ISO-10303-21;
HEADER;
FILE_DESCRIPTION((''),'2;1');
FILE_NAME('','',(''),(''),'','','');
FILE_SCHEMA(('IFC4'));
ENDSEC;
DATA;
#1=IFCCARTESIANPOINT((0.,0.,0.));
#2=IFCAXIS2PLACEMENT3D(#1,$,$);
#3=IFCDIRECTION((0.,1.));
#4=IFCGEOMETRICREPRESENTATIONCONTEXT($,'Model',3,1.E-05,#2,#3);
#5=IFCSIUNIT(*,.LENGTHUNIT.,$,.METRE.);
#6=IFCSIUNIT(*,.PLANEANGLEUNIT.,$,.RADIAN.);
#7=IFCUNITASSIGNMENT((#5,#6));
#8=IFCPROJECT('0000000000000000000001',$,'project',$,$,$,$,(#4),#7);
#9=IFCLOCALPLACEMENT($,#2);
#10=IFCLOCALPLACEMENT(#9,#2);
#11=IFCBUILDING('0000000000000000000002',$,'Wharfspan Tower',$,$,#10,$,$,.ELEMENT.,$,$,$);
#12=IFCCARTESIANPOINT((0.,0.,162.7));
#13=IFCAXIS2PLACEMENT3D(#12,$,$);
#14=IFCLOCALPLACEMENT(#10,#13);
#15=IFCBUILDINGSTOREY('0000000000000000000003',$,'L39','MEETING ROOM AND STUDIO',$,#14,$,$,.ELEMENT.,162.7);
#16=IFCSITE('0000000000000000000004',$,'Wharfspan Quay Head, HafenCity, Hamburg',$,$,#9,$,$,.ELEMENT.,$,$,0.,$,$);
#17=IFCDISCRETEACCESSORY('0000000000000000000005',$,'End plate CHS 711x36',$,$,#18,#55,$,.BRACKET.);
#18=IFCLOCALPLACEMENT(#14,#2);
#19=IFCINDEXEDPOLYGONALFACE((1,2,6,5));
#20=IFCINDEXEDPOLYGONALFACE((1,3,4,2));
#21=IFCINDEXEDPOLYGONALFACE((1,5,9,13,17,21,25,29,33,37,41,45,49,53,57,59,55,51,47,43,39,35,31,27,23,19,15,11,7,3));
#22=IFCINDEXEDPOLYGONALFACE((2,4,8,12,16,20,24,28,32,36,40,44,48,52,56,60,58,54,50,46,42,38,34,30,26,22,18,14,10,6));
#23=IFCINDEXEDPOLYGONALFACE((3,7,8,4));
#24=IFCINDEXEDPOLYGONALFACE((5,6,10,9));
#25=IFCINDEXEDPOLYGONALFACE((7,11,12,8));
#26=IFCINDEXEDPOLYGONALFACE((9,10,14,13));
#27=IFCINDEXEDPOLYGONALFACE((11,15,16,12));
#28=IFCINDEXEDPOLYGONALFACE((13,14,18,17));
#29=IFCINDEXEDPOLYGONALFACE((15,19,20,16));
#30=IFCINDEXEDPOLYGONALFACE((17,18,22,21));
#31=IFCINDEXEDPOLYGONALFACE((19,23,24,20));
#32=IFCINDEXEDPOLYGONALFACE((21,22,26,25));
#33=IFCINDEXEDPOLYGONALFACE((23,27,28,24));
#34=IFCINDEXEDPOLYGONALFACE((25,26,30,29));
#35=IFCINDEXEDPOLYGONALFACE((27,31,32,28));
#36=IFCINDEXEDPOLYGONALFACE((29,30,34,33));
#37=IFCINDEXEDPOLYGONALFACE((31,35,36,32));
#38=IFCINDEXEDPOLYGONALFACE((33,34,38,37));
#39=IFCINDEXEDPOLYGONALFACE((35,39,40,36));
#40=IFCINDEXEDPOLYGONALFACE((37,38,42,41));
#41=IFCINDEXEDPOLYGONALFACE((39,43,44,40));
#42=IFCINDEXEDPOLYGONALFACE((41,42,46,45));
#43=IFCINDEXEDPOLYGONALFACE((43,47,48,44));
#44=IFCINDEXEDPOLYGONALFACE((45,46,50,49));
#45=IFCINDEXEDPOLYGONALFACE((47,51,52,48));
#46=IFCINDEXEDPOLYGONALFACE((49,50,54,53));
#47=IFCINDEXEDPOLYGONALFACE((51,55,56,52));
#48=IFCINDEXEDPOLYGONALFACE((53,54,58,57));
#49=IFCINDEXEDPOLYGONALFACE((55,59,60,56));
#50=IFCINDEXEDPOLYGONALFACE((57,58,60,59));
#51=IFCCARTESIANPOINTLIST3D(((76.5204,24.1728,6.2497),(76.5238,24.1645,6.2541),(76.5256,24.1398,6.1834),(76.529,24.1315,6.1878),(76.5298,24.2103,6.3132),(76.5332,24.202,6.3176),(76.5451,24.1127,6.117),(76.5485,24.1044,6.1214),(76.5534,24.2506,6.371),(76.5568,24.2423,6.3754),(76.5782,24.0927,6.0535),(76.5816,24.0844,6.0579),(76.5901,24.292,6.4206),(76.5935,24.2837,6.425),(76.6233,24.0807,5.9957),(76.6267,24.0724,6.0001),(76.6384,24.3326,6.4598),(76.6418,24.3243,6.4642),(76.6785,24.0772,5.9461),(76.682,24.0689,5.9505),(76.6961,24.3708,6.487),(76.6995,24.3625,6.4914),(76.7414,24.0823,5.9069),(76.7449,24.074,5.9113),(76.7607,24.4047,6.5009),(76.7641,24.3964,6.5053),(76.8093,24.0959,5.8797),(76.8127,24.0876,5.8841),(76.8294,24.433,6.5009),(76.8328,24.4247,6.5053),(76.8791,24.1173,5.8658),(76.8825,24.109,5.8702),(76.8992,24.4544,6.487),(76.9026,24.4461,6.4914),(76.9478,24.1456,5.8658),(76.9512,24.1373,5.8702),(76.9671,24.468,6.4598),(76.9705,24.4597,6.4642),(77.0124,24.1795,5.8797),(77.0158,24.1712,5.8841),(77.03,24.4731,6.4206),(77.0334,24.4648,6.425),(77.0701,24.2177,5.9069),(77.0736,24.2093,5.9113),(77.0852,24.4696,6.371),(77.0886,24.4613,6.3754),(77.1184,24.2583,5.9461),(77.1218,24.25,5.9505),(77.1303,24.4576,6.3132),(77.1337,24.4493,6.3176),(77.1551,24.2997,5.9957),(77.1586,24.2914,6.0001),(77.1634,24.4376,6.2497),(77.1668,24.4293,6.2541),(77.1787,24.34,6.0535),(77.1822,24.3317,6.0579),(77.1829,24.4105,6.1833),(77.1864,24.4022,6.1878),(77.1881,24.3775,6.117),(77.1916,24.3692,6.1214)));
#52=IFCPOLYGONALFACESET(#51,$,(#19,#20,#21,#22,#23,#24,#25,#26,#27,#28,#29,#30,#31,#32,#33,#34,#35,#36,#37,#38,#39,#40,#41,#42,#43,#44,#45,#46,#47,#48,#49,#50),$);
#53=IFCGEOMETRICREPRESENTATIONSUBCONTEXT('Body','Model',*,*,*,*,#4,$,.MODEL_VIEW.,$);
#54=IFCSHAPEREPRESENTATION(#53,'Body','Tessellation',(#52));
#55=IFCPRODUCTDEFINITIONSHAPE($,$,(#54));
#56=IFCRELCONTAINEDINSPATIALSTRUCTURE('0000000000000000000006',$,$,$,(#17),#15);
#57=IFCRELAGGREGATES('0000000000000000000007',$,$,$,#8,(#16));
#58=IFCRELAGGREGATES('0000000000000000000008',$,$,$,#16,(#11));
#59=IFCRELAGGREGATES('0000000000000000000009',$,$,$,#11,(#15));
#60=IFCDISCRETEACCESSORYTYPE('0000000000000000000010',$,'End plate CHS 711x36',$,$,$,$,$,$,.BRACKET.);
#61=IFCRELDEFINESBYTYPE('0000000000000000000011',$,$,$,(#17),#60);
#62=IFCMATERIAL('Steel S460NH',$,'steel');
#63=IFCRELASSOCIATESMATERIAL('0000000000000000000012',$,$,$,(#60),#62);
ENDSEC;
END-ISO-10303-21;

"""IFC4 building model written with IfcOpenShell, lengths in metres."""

from ifc_helpers import new_model, si_unit, direction, frame, origin, origin_2d, place, context, subcontext, project, spatial, circle, extrude, material, material_profile, profile_set, type_object, element, save


model = new_model("IFC4")

# Units and contexts
model_context = context("Model", 3, precision=1e-05, world=origin(), true_north=direction((0.0, 1.0)))
body_context = subcontext(model_context, "Body", "Model", "MODEL_VIEW")
ifc_project = project(units=[si_unit("LENGTHUNIT", "METRE"), si_unit("PLANEANGLEUNIT", "RADIAN")], contexts=[model_context])

# Site, building, storey
site_placement = place(None, origin())
site = spatial("IfcSite", under=ifc_project, at=site_placement, Name="Wharfspan Quay Head, HafenCity, Hamburg", CompositionType="ELEMENT", RefElevation=0.0)
building_placement = place(site_placement, origin())
building = spatial("IfcBuilding", under=site, at=building_placement, Name="Wharfspan Tower", CompositionType="ELEMENT")
storey_placement = place(building_placement, frame((0.0, 0.0, 162.7)))
storey = spatial("IfcBuildingStorey", under=building, at=storey_placement, Name="L39", Description="MEETING ROOM AND STUDIO", CompositionType="ELEMENT", Elevation=162.7)

# Discrete accessory
ifc_material_1 = material(Name="Steel S460NH", Category="steel")
ifc_material_profile_1 = material_profile(ifc_material_1, circle(Radius=0.3555, at=origin_2d()))
ifc_profile_set_1 = profile_set([ifc_material_profile_1], Name="Steel S460NH")
discrete_accessory_type = type_object("IfcDiscreteAccessoryType", Name="End plate CHS 711x36", PredefinedType="BRACKET", material=ifc_profile_set_1)
for number, where, z_axis, x_axis, name in (
    (1, (76.8542, 24.2751, 6.1833), (0.341972, -0.830504, 0.439679), (0.924678, 0.380749, -0.000001), "End plate CHS 711x36"),
):
    element("IfcDiscreteAccessory", number, at=place(storey_placement, frame(where, z_axis=z_axis, x_axis=x_axis)), inside=storey, type_object=discrete_accessory_type, Name=name, PredefinedType="BRACKET", context=body_context, shape_type="SweptSolid", body=[
        extrude(circle(Radius=0.3555, at=origin_2d()), origin(), (0.0, 0.0, 1.0), 0.01),
    ])

save(model, "model.ifc")
